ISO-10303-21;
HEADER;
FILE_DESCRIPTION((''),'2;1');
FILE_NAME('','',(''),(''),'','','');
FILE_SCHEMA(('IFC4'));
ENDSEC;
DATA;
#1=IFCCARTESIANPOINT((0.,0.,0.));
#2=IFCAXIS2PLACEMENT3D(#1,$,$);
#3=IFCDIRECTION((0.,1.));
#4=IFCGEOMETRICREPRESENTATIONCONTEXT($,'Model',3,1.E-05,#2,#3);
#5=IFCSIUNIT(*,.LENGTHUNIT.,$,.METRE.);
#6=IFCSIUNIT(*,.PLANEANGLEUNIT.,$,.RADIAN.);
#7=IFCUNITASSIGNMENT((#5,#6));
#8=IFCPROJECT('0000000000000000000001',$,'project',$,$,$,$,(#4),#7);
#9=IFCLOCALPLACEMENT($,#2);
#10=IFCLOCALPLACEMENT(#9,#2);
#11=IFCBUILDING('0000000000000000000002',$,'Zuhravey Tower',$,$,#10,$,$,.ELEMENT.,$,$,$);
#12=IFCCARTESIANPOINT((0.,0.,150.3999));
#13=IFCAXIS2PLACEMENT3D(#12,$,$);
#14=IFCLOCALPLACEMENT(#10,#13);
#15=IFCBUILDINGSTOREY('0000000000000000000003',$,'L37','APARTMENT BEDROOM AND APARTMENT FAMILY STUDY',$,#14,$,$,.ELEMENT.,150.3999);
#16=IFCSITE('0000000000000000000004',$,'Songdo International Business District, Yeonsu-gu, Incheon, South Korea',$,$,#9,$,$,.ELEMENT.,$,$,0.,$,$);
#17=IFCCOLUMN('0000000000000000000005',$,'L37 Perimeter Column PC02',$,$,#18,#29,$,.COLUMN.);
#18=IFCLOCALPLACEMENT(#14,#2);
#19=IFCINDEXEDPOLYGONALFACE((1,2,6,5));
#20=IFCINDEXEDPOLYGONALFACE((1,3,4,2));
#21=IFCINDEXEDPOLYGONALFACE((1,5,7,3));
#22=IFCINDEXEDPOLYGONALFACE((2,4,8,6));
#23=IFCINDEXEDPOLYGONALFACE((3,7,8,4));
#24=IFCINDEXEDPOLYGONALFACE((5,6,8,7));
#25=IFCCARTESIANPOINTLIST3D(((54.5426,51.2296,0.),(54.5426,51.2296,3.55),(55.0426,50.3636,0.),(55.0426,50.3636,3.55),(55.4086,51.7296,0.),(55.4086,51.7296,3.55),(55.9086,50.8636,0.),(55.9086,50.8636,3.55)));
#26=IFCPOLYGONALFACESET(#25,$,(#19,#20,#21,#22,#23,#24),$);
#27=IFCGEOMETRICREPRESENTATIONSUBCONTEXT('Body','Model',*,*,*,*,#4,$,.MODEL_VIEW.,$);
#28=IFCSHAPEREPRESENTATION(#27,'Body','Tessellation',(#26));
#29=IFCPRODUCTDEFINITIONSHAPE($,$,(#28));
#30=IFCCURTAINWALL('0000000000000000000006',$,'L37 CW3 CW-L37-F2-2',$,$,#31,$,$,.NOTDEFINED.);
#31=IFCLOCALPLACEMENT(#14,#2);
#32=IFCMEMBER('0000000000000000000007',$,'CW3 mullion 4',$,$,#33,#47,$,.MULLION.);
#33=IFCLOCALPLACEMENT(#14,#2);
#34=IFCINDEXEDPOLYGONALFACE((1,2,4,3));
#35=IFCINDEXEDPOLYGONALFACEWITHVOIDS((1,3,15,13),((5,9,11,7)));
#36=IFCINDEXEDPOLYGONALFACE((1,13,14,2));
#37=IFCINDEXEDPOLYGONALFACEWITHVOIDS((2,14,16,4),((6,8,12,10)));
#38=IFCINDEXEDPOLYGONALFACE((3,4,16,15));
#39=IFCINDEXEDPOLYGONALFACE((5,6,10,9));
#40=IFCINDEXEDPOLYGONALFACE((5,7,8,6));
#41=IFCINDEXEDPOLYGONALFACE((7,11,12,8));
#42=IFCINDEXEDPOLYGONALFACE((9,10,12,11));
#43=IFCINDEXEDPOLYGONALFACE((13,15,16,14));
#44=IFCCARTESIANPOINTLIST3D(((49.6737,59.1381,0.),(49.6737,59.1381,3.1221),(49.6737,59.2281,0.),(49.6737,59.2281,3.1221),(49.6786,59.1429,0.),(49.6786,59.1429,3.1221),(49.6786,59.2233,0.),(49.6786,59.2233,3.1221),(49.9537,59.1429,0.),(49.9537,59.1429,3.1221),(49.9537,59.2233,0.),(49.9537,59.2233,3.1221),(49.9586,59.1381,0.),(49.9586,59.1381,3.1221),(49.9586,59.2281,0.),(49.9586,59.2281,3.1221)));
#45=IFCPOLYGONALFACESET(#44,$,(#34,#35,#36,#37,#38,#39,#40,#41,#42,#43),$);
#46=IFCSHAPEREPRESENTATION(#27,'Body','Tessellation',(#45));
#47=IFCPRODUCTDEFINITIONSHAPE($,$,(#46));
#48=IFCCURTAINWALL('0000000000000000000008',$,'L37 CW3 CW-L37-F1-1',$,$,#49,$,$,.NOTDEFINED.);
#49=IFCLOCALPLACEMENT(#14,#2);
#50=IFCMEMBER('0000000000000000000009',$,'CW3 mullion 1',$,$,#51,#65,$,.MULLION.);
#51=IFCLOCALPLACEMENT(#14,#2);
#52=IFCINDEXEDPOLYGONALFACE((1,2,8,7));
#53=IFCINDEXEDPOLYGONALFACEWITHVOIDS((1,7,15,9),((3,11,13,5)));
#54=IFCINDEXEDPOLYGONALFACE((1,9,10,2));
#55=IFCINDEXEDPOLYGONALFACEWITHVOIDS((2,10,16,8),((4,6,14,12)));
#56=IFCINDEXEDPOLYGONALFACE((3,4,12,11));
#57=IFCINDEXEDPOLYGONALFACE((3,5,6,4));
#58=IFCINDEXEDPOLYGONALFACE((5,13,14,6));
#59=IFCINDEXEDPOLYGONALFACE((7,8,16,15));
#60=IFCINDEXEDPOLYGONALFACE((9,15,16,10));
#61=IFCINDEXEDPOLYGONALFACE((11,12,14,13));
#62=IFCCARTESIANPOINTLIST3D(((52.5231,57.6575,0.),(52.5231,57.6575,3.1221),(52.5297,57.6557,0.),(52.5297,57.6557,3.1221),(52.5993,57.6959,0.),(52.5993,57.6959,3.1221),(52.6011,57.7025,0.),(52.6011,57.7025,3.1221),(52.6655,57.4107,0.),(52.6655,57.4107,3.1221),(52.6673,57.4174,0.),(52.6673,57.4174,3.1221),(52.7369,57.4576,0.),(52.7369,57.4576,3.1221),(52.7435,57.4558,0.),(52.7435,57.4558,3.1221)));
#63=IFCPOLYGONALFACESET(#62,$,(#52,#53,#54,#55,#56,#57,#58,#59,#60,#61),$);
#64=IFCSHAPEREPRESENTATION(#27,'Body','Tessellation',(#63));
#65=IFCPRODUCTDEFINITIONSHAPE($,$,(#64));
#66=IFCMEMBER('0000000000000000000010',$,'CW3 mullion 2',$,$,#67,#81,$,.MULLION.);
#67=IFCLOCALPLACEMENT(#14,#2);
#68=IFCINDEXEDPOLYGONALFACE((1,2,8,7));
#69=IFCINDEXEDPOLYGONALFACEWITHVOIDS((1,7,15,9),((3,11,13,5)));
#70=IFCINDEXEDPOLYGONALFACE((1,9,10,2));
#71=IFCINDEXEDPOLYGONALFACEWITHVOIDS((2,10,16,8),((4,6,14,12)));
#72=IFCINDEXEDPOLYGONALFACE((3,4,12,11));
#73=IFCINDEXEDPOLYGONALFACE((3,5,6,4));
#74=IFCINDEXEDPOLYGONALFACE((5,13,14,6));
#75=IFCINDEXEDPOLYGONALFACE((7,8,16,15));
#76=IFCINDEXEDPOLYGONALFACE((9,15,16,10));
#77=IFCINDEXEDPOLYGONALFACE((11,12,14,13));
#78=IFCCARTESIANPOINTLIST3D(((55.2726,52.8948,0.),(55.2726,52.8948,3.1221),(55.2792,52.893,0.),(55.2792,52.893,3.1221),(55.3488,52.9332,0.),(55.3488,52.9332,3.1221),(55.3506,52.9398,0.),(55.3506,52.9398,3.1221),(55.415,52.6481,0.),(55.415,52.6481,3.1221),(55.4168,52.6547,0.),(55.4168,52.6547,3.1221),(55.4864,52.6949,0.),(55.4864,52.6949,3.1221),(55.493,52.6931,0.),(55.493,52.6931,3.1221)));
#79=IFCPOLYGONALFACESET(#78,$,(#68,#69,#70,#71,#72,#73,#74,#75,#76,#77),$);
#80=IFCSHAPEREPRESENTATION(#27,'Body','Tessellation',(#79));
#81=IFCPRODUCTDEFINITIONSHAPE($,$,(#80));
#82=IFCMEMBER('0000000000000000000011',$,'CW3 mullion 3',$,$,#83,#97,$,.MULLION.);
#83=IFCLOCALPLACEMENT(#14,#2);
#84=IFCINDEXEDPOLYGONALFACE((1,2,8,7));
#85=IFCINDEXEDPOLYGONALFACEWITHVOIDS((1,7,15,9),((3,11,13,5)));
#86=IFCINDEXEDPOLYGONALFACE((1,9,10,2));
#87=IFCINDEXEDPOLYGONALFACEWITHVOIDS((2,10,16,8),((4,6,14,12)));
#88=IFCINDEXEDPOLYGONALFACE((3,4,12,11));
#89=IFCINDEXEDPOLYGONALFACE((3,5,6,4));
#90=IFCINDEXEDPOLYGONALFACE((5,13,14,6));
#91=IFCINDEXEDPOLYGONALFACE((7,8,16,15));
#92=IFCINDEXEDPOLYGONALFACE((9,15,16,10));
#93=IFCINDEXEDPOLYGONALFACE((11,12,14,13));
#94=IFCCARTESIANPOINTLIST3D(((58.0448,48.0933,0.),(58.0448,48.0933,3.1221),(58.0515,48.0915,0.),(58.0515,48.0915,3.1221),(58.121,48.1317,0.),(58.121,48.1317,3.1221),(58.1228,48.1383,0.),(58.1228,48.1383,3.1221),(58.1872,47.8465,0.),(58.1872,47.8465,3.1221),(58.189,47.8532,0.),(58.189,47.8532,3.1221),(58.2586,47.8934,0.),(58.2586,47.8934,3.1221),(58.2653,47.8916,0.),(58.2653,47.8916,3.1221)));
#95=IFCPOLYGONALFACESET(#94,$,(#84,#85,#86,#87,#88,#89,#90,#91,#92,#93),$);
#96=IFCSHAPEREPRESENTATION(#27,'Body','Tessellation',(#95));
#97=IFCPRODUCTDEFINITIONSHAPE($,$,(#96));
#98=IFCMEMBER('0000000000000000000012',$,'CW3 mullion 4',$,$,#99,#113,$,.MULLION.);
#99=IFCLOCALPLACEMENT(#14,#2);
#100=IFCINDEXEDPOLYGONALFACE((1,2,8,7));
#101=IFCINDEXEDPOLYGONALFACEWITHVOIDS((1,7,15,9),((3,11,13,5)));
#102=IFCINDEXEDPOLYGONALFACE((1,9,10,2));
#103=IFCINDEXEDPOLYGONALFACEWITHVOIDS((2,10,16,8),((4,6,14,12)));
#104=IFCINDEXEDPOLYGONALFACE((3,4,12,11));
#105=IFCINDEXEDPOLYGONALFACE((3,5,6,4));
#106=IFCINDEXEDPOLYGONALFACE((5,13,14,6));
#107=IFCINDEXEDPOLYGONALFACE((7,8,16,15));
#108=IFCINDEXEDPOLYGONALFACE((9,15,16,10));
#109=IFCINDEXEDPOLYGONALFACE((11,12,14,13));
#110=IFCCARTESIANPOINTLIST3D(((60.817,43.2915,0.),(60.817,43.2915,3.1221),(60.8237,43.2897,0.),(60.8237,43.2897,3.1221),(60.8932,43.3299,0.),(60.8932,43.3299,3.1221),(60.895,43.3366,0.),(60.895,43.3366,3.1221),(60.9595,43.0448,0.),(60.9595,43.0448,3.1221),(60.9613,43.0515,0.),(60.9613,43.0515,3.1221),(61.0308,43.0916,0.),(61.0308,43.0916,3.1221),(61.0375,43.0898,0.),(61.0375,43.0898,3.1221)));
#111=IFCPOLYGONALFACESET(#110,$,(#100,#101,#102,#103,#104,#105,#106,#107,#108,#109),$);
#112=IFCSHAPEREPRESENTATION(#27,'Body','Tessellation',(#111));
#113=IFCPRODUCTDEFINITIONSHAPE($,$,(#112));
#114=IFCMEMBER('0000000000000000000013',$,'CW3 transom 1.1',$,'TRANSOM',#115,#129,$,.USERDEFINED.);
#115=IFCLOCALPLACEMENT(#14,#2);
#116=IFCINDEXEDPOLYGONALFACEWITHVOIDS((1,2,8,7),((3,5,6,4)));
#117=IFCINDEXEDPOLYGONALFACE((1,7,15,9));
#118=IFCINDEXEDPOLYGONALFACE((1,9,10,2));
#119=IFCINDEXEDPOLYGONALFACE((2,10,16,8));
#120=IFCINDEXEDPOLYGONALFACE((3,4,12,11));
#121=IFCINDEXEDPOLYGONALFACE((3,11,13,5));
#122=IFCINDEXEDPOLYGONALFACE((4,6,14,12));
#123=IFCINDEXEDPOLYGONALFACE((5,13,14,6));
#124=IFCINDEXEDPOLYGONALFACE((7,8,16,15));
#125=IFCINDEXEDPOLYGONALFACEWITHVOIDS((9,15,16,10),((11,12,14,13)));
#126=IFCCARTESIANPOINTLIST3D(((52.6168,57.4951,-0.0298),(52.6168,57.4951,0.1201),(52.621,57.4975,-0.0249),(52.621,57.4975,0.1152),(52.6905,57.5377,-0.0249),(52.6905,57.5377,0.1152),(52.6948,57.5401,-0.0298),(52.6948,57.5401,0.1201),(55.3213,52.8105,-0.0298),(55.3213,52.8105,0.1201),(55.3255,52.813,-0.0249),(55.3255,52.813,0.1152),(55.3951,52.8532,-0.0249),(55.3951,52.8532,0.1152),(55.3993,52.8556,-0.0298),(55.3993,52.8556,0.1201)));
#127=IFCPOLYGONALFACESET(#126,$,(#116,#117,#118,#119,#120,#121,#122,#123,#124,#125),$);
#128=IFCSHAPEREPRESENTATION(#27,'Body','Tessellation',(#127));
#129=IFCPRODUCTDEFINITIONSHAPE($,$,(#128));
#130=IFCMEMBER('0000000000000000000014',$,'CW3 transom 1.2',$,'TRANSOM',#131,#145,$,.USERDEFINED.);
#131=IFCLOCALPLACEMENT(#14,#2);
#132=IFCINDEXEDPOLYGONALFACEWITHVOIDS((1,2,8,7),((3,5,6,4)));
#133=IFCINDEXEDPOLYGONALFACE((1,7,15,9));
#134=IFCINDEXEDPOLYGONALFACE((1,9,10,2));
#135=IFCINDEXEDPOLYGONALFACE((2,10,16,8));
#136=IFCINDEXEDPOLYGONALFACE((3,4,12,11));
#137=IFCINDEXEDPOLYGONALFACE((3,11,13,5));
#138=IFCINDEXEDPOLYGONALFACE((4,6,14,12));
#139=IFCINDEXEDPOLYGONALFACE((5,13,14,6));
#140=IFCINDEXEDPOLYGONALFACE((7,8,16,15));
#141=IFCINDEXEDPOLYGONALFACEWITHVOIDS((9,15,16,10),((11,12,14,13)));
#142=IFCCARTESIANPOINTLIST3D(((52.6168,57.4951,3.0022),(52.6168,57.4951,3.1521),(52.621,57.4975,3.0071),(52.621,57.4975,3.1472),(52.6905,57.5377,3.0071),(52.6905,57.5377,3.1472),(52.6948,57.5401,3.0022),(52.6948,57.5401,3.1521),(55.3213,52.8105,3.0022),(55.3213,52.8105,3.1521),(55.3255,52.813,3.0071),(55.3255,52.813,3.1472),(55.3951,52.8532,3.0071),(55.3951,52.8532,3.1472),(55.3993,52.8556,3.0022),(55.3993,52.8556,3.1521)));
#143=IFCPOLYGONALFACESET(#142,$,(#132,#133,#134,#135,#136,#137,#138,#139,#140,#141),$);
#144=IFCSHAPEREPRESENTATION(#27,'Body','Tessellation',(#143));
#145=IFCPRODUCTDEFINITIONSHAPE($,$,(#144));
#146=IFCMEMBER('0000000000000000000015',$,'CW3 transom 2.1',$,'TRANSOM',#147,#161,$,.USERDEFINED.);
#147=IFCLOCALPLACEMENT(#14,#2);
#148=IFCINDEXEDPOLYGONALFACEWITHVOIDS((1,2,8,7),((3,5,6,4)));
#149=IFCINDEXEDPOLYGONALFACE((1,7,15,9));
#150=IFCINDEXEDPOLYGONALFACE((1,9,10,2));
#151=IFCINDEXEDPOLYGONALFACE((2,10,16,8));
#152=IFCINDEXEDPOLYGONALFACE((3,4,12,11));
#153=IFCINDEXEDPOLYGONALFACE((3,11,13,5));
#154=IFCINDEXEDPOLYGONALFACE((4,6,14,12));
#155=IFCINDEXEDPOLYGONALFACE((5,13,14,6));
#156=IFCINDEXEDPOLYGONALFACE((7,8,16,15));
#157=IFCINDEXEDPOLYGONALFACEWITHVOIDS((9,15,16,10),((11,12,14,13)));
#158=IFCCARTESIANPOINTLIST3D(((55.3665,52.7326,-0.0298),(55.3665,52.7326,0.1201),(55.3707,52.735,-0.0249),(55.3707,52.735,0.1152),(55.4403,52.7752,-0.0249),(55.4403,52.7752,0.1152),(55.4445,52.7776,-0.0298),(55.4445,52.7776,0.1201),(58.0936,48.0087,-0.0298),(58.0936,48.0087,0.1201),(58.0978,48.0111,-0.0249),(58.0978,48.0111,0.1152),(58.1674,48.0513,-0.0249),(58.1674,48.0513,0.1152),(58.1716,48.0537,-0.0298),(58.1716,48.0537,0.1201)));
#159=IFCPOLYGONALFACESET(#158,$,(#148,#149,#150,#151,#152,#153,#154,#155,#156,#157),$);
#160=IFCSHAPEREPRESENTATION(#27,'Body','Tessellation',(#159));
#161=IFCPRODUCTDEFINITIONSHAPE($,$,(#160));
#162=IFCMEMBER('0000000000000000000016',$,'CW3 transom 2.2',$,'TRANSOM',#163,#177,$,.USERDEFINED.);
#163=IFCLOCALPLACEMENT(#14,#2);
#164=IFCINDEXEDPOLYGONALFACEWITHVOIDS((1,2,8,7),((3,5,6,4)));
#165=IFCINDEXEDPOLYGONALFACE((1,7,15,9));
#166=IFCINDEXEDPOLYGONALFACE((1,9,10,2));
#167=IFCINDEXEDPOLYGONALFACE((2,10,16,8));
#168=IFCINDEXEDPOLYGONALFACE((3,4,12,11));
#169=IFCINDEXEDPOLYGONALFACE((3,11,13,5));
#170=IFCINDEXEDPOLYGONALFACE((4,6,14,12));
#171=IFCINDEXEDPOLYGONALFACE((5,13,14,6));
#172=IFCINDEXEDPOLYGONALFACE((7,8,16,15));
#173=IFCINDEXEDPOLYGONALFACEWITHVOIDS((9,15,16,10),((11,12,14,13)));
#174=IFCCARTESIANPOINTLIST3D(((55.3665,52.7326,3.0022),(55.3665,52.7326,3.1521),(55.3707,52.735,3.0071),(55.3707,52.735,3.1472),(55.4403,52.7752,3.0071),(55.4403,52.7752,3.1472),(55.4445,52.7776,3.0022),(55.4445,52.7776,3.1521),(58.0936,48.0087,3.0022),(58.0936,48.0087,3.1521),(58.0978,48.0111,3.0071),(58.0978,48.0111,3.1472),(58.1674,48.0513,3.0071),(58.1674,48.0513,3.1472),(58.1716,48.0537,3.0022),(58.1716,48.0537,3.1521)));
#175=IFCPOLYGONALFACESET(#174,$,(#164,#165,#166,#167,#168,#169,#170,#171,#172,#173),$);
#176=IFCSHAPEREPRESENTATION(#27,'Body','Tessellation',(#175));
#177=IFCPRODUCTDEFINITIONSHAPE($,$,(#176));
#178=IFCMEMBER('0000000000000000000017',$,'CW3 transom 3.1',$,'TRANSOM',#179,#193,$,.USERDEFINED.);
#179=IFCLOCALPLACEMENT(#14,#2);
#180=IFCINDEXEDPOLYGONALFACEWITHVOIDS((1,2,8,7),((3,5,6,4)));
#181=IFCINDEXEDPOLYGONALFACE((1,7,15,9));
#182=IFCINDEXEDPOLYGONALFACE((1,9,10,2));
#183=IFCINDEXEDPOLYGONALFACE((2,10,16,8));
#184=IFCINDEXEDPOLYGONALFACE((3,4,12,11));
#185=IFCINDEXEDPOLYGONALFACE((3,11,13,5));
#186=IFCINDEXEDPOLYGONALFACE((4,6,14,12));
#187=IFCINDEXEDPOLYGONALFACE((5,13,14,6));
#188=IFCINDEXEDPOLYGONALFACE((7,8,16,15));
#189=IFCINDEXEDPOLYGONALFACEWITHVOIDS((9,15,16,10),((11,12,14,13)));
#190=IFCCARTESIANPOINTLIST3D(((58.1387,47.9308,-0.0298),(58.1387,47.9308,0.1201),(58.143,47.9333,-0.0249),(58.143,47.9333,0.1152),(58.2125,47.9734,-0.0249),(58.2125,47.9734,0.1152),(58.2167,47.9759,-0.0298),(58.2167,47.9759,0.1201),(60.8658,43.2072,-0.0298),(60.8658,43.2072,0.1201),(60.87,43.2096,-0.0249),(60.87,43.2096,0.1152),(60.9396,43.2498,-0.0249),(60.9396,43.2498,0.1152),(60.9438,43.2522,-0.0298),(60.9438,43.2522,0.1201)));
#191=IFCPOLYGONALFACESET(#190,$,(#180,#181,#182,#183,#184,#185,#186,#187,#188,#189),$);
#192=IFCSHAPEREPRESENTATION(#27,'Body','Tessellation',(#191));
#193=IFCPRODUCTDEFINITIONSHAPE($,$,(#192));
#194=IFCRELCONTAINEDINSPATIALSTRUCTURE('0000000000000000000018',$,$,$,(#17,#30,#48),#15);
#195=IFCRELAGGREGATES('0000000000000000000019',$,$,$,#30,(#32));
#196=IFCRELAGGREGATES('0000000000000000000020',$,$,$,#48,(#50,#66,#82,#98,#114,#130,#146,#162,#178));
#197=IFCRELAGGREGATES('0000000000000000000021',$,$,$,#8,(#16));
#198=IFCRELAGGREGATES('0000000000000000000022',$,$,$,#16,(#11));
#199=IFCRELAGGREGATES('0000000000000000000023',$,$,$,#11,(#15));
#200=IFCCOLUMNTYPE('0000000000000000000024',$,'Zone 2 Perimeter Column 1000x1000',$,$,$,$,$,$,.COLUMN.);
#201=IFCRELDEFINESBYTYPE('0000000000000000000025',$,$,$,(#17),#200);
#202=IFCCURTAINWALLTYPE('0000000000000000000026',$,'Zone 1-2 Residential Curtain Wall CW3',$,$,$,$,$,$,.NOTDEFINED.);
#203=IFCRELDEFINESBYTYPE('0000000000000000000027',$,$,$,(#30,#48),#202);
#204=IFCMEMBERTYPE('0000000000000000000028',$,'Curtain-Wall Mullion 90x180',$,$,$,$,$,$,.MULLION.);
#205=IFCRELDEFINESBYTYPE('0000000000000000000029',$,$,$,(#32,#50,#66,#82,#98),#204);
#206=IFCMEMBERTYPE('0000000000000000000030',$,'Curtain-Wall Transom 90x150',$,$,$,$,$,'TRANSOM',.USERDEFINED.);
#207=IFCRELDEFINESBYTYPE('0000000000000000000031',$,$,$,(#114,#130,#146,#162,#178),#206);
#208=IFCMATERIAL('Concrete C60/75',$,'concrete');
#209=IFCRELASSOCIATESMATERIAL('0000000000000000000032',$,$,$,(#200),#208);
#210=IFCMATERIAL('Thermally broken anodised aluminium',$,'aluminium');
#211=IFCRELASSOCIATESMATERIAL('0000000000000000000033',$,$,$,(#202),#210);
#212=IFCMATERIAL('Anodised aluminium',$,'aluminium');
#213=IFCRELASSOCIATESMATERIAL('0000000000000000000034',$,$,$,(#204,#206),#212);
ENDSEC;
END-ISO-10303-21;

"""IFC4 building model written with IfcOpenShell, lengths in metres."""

from ifc_helpers import new_model, si_unit, direction, frame, origin, origin_2d, place, context, subcontext, project, spatial, rectangle, hollow_rectangle, extrude, material, material_profile, profile_set, type_object, element, aggregate, save


model = new_model("IFC4")

# Units and contexts
model_context = context("Model", 3, precision=1e-05, world=origin(), true_north=direction((0.0, 1.0)))
body_context = subcontext(model_context, "Body", "Model", "MODEL_VIEW")
ifc_project = project(units=[si_unit("LENGTHUNIT", "METRE"), si_unit("PLANEANGLEUNIT", "RADIAN")], contexts=[model_context])

# Site, building, storey
site_placement = place(None, origin())
site = spatial("IfcSite", under=ifc_project, at=site_placement, Name="Songdo International Business District, Yeonsu-gu, Incheon, South Korea", CompositionType="ELEMENT", RefElevation=0.0)
building_placement = place(site_placement, origin())
building = spatial("IfcBuilding", under=site, at=building_placement, Name="Zuhravey Tower", CompositionType="ELEMENT")
storey_placement = place(building_placement, frame((0.0, 0.0, 150.3999)))
storey = spatial("IfcBuildingStorey", under=building, at=storey_placement, Name="L37", Description="APARTMENT BEDROOM AND APARTMENT FAMILY STUDY", CompositionType="ELEMENT", Elevation=150.3999)

# Column
ifc_material_1 = material(Name="Concrete C60/75", Category="concrete")
ifc_material_profile_1 = material_profile(ifc_material_1, rectangle(XDim=1.0, YDim=1.0, at=origin_2d()), Name="RC-1000x1000")
ifc_profile_set_1 = profile_set([ifc_material_profile_1], Name="Concrete C60/75")
column_type = type_object("IfcColumnType", Name="Zone 2 Perimeter Column 1000x1000", PredefinedType="COLUMN", material=ifc_profile_set_1)
column_placement = place(storey_placement, frame((55.2256, 51.0466, 0.0), z_axis=(0.0, 0.0, 1.0), x_axis=(-0.5, 0.866025, 0.0)))
element("IfcColumn", 1, at=column_placement, inside=storey, type_object=column_type, Name="L37 Perimeter Column PC02", PredefinedType="COLUMN", context=body_context, shape_type="SweptSolid", body=[
    extrude(rectangle(XDim=1.0, YDim=1.0, at=origin_2d()), origin(), (0.0, 0.0, 1.0), 3.55),
])

# Curtain wall, member
ifc_material_2 = material(Name="Thermally broken anodised aluminium", Category="aluminium")
curtain_wall_type = type_object("IfcCurtainWallType", Name="Zone 1-2 Residential Curtain Wall CW3", PredefinedType="NOTDEFINED", material=ifc_material_2)
curtain_wall_1_placement = place(storey_placement, origin())
curtain_wall_1 = element("IfcCurtainWall", 2, at=curtain_wall_1_placement, inside=storey, type_object=curtain_wall_type, Name="L37 CW3 CW-L37-F2-2", PredefinedType="NOTDEFINED")
ifc_material_3 = material(Name="Anodised aluminium", Category="aluminium")
ifc_material_profile_2 = material_profile(ifc_material_3, hollow_rectangle(XDim=0.0901, YDim=0.2849, WallThickness=0.0049, at=origin_2d()), Name="ALU-RHS-90x285x5")
ifc_profile_set_2 = profile_set([ifc_material_profile_2], Name="Anodised aluminium")
member_type_1 = type_object("IfcMemberType", Name="Curtain-Wall Mullion 90x180", PredefinedType="MULLION", material=ifc_profile_set_2)
member_1_placement = place(storey_placement, frame((49.8162, 59.1831, 0.0), z_axis=(0.0, 0.0, 1.0), x_axis=(0.0, 1.0, 0.0)))
member_1 = element("IfcMember", 3, at=member_1_placement, type_object=member_type_1, Name="CW3 mullion 4", PredefinedType="MULLION", context=body_context, shape_type="SweptSolid", body=[
    extrude(hollow_rectangle(XDim=0.0901, YDim=0.2849, WallThickness=0.0049, at=origin_2d()), origin(), (0.0, 0.0, 1.0), 3.1221),
])
aggregate(curtain_wall_1, [member_1])

# Curtain wall, members
curtain_wall_2_placement = place(storey_placement, origin())
curtain_wall_2 = element("IfcCurtainWall", 4, at=curtain_wall_2_placement, inside=storey, type_object=curtain_wall_type, Name="L37 CW3 CW-L37-F1-1", PredefinedType="NOTDEFINED")
member_2_placement = place(storey_placement, frame((52.6333, 57.5566, 0.0), z_axis=(0.0, 0.0, 1.0), x_axis=(0.866025, 0.5, 0.0)))
member_2 = element("IfcMember", 5, at=member_2_placement, type_object=member_type_1, Name="CW3 mullion 1", PredefinedType="MULLION", context=body_context, shape_type="SweptSolid", body=[
    extrude(hollow_rectangle(XDim=0.0901, YDim=0.2849, WallThickness=0.0049, at=origin_2d()), origin(), (0.0, 0.0, 1.0), 3.1221),
])
member_3_placement = place(storey_placement, frame((55.3828, 52.7939, 0.0), z_axis=(0.0, 0.0, 1.0), x_axis=(0.866025, 0.5, 0.0)))
member_3 = element("IfcMember", 6, at=member_3_placement, type_object=member_type_1, Name="CW3 mullion 2", PredefinedType="MULLION", context=body_context, shape_type="SweptSolid", body=[
    extrude(hollow_rectangle(XDim=0.0901, YDim=0.2849, WallThickness=0.0049, at=origin_2d()), origin(), (0.0, 0.0, 1.0), 3.1221),
])
member_4_placement = place(storey_placement, frame((58.155, 47.9924, 0.0), z_axis=(0.0, 0.0, 1.0), x_axis=(0.866025, 0.5, 0.0)))
member_4 = element("IfcMember", 7, at=member_4_placement, type_object=member_type_1, Name="CW3 mullion 3", PredefinedType="MULLION", context=body_context, shape_type="SweptSolid", body=[
    extrude(hollow_rectangle(XDim=0.0901, YDim=0.2849, WallThickness=0.0049, at=origin_2d()), origin(), (0.0, 0.0, 1.0), 3.1221),
])
member_5_placement = place(storey_placement, frame((60.9272, 43.1907, 0.0), z_axis=(0.0, 0.0, 1.0), x_axis=(0.866025, 0.5, 0.0)))
member_5 = element("IfcMember", 8, at=member_5_placement, type_object=member_type_1, Name="CW3 mullion 4", PredefinedType="MULLION", context=body_context, shape_type="SweptSolid", body=[
    extrude(hollow_rectangle(XDim=0.0901, YDim=0.2849, WallThickness=0.0049, at=origin_2d()), origin(), (0.0, 0.0, 1.0), 3.1221),
])
ifc_material_profile_3 = material_profile(ifc_material_3, hollow_rectangle(XDim=0.0901, YDim=0.1499, WallThickness=0.0049, at=origin_2d()), Name="ALU-RHS-90x150x5")
ifc_profile_set_3 = profile_set([ifc_material_profile_3], Name="Anodised aluminium")
member_type_2 = type_object("IfcMemberType", Name="Curtain-Wall Transom 90x150", ElementType="TRANSOM", PredefinedType="USERDEFINED", material=ifc_profile_set_3)
member_6_placement = place(storey_placement, frame((52.6558, 57.5176, 0.0452), z_axis=(0.499993, -0.866029, 0.0), x_axis=(0.866029, 0.499993, 0.0)))
member_6 = element("IfcMember", 9, at=member_6_placement, type_object=member_type_2, Name="CW3 transom 1.1", ObjectType="TRANSOM", PredefinedType="USERDEFINED", context=body_context, shape_type="SweptSolid", body=[
    extrude(hollow_rectangle(XDim=0.0901, YDim=0.1499, WallThickness=0.0049, at=origin_2d()), origin(), (0.0, 0.0, 1.0), 5.4092),
])
member_7_placement = place(storey_placement, frame((52.6558, 57.5176, 3.0771), z_axis=(0.499993, -0.866029, 0.0), x_axis=(0.866029, 0.499993, 0.0)))
member_7 = element("IfcMember", 10, at=member_7_placement, type_object=member_type_2, Name="CW3 transom 1.2", ObjectType="TRANSOM", PredefinedType="USERDEFINED", context=body_context, shape_type="SweptSolid", body=[
    extrude(hollow_rectangle(XDim=0.0901, YDim=0.1499, WallThickness=0.0049, at=origin_2d()), origin(), (0.0, 0.0, 1.0), 5.4092),
])
member_8_placement = place(storey_placement, frame((55.4055, 52.7551, 0.0452), z_axis=(0.499961, -0.866048, 0.0), x_axis=(0.866048, 0.499961, 0.0)))
member_8 = element("IfcMember", 11, at=member_8_placement, type_object=member_type_2, Name="CW3 transom 2.1", ObjectType="TRANSOM", PredefinedType="USERDEFINED", context=body_context, shape_type="SweptSolid", body=[
    extrude(hollow_rectangle(XDim=0.0901, YDim=0.1499, WallThickness=0.0049, at=origin_2d()), origin(), (0.0, 0.0, 1.0), 5.4546),
])
member_9_placement = place(storey_placement, frame((55.4055, 52.7551, 3.0771), z_axis=(0.499961, -0.866048, 0.0), x_axis=(0.866048, 0.499961, 0.0)))
member_9 = element("IfcMember", 12, at=member_9_placement, type_object=member_type_2, Name="CW3 transom 2.2", ObjectType="TRANSOM", PredefinedType="USERDEFINED", context=body_context, shape_type="SweptSolid", body=[
    extrude(hollow_rectangle(XDim=0.0901, YDim=0.1499, WallThickness=0.0049, at=origin_2d()), origin(), (0.0, 0.0, 1.0), 5.4546),
])
member_10_placement = place(storey_placement, frame((58.1777, 47.9534, 0.0452), z_axis=(0.499981, -0.866037, 0.0), x_axis=(0.866037, 0.499981, 0.0)))
member_10 = element("IfcMember", 13, at=member_10_placement, type_object=member_type_2, Name="CW3 transom 3.1", ObjectType="TRANSOM", PredefinedType="USERDEFINED", context=body_context, shape_type="SweptSolid", body=[
    extrude(hollow_rectangle(XDim=0.0901, YDim=0.1499, WallThickness=0.0049, at=origin_2d()), origin(), (0.0, 0.0, 1.0), 5.4543),
])

aggregate(curtain_wall_2, [member_2, member_3, member_4, member_5, member_6, member_7, member_8, member_9, member_10])

save(model, "model.ifc")
